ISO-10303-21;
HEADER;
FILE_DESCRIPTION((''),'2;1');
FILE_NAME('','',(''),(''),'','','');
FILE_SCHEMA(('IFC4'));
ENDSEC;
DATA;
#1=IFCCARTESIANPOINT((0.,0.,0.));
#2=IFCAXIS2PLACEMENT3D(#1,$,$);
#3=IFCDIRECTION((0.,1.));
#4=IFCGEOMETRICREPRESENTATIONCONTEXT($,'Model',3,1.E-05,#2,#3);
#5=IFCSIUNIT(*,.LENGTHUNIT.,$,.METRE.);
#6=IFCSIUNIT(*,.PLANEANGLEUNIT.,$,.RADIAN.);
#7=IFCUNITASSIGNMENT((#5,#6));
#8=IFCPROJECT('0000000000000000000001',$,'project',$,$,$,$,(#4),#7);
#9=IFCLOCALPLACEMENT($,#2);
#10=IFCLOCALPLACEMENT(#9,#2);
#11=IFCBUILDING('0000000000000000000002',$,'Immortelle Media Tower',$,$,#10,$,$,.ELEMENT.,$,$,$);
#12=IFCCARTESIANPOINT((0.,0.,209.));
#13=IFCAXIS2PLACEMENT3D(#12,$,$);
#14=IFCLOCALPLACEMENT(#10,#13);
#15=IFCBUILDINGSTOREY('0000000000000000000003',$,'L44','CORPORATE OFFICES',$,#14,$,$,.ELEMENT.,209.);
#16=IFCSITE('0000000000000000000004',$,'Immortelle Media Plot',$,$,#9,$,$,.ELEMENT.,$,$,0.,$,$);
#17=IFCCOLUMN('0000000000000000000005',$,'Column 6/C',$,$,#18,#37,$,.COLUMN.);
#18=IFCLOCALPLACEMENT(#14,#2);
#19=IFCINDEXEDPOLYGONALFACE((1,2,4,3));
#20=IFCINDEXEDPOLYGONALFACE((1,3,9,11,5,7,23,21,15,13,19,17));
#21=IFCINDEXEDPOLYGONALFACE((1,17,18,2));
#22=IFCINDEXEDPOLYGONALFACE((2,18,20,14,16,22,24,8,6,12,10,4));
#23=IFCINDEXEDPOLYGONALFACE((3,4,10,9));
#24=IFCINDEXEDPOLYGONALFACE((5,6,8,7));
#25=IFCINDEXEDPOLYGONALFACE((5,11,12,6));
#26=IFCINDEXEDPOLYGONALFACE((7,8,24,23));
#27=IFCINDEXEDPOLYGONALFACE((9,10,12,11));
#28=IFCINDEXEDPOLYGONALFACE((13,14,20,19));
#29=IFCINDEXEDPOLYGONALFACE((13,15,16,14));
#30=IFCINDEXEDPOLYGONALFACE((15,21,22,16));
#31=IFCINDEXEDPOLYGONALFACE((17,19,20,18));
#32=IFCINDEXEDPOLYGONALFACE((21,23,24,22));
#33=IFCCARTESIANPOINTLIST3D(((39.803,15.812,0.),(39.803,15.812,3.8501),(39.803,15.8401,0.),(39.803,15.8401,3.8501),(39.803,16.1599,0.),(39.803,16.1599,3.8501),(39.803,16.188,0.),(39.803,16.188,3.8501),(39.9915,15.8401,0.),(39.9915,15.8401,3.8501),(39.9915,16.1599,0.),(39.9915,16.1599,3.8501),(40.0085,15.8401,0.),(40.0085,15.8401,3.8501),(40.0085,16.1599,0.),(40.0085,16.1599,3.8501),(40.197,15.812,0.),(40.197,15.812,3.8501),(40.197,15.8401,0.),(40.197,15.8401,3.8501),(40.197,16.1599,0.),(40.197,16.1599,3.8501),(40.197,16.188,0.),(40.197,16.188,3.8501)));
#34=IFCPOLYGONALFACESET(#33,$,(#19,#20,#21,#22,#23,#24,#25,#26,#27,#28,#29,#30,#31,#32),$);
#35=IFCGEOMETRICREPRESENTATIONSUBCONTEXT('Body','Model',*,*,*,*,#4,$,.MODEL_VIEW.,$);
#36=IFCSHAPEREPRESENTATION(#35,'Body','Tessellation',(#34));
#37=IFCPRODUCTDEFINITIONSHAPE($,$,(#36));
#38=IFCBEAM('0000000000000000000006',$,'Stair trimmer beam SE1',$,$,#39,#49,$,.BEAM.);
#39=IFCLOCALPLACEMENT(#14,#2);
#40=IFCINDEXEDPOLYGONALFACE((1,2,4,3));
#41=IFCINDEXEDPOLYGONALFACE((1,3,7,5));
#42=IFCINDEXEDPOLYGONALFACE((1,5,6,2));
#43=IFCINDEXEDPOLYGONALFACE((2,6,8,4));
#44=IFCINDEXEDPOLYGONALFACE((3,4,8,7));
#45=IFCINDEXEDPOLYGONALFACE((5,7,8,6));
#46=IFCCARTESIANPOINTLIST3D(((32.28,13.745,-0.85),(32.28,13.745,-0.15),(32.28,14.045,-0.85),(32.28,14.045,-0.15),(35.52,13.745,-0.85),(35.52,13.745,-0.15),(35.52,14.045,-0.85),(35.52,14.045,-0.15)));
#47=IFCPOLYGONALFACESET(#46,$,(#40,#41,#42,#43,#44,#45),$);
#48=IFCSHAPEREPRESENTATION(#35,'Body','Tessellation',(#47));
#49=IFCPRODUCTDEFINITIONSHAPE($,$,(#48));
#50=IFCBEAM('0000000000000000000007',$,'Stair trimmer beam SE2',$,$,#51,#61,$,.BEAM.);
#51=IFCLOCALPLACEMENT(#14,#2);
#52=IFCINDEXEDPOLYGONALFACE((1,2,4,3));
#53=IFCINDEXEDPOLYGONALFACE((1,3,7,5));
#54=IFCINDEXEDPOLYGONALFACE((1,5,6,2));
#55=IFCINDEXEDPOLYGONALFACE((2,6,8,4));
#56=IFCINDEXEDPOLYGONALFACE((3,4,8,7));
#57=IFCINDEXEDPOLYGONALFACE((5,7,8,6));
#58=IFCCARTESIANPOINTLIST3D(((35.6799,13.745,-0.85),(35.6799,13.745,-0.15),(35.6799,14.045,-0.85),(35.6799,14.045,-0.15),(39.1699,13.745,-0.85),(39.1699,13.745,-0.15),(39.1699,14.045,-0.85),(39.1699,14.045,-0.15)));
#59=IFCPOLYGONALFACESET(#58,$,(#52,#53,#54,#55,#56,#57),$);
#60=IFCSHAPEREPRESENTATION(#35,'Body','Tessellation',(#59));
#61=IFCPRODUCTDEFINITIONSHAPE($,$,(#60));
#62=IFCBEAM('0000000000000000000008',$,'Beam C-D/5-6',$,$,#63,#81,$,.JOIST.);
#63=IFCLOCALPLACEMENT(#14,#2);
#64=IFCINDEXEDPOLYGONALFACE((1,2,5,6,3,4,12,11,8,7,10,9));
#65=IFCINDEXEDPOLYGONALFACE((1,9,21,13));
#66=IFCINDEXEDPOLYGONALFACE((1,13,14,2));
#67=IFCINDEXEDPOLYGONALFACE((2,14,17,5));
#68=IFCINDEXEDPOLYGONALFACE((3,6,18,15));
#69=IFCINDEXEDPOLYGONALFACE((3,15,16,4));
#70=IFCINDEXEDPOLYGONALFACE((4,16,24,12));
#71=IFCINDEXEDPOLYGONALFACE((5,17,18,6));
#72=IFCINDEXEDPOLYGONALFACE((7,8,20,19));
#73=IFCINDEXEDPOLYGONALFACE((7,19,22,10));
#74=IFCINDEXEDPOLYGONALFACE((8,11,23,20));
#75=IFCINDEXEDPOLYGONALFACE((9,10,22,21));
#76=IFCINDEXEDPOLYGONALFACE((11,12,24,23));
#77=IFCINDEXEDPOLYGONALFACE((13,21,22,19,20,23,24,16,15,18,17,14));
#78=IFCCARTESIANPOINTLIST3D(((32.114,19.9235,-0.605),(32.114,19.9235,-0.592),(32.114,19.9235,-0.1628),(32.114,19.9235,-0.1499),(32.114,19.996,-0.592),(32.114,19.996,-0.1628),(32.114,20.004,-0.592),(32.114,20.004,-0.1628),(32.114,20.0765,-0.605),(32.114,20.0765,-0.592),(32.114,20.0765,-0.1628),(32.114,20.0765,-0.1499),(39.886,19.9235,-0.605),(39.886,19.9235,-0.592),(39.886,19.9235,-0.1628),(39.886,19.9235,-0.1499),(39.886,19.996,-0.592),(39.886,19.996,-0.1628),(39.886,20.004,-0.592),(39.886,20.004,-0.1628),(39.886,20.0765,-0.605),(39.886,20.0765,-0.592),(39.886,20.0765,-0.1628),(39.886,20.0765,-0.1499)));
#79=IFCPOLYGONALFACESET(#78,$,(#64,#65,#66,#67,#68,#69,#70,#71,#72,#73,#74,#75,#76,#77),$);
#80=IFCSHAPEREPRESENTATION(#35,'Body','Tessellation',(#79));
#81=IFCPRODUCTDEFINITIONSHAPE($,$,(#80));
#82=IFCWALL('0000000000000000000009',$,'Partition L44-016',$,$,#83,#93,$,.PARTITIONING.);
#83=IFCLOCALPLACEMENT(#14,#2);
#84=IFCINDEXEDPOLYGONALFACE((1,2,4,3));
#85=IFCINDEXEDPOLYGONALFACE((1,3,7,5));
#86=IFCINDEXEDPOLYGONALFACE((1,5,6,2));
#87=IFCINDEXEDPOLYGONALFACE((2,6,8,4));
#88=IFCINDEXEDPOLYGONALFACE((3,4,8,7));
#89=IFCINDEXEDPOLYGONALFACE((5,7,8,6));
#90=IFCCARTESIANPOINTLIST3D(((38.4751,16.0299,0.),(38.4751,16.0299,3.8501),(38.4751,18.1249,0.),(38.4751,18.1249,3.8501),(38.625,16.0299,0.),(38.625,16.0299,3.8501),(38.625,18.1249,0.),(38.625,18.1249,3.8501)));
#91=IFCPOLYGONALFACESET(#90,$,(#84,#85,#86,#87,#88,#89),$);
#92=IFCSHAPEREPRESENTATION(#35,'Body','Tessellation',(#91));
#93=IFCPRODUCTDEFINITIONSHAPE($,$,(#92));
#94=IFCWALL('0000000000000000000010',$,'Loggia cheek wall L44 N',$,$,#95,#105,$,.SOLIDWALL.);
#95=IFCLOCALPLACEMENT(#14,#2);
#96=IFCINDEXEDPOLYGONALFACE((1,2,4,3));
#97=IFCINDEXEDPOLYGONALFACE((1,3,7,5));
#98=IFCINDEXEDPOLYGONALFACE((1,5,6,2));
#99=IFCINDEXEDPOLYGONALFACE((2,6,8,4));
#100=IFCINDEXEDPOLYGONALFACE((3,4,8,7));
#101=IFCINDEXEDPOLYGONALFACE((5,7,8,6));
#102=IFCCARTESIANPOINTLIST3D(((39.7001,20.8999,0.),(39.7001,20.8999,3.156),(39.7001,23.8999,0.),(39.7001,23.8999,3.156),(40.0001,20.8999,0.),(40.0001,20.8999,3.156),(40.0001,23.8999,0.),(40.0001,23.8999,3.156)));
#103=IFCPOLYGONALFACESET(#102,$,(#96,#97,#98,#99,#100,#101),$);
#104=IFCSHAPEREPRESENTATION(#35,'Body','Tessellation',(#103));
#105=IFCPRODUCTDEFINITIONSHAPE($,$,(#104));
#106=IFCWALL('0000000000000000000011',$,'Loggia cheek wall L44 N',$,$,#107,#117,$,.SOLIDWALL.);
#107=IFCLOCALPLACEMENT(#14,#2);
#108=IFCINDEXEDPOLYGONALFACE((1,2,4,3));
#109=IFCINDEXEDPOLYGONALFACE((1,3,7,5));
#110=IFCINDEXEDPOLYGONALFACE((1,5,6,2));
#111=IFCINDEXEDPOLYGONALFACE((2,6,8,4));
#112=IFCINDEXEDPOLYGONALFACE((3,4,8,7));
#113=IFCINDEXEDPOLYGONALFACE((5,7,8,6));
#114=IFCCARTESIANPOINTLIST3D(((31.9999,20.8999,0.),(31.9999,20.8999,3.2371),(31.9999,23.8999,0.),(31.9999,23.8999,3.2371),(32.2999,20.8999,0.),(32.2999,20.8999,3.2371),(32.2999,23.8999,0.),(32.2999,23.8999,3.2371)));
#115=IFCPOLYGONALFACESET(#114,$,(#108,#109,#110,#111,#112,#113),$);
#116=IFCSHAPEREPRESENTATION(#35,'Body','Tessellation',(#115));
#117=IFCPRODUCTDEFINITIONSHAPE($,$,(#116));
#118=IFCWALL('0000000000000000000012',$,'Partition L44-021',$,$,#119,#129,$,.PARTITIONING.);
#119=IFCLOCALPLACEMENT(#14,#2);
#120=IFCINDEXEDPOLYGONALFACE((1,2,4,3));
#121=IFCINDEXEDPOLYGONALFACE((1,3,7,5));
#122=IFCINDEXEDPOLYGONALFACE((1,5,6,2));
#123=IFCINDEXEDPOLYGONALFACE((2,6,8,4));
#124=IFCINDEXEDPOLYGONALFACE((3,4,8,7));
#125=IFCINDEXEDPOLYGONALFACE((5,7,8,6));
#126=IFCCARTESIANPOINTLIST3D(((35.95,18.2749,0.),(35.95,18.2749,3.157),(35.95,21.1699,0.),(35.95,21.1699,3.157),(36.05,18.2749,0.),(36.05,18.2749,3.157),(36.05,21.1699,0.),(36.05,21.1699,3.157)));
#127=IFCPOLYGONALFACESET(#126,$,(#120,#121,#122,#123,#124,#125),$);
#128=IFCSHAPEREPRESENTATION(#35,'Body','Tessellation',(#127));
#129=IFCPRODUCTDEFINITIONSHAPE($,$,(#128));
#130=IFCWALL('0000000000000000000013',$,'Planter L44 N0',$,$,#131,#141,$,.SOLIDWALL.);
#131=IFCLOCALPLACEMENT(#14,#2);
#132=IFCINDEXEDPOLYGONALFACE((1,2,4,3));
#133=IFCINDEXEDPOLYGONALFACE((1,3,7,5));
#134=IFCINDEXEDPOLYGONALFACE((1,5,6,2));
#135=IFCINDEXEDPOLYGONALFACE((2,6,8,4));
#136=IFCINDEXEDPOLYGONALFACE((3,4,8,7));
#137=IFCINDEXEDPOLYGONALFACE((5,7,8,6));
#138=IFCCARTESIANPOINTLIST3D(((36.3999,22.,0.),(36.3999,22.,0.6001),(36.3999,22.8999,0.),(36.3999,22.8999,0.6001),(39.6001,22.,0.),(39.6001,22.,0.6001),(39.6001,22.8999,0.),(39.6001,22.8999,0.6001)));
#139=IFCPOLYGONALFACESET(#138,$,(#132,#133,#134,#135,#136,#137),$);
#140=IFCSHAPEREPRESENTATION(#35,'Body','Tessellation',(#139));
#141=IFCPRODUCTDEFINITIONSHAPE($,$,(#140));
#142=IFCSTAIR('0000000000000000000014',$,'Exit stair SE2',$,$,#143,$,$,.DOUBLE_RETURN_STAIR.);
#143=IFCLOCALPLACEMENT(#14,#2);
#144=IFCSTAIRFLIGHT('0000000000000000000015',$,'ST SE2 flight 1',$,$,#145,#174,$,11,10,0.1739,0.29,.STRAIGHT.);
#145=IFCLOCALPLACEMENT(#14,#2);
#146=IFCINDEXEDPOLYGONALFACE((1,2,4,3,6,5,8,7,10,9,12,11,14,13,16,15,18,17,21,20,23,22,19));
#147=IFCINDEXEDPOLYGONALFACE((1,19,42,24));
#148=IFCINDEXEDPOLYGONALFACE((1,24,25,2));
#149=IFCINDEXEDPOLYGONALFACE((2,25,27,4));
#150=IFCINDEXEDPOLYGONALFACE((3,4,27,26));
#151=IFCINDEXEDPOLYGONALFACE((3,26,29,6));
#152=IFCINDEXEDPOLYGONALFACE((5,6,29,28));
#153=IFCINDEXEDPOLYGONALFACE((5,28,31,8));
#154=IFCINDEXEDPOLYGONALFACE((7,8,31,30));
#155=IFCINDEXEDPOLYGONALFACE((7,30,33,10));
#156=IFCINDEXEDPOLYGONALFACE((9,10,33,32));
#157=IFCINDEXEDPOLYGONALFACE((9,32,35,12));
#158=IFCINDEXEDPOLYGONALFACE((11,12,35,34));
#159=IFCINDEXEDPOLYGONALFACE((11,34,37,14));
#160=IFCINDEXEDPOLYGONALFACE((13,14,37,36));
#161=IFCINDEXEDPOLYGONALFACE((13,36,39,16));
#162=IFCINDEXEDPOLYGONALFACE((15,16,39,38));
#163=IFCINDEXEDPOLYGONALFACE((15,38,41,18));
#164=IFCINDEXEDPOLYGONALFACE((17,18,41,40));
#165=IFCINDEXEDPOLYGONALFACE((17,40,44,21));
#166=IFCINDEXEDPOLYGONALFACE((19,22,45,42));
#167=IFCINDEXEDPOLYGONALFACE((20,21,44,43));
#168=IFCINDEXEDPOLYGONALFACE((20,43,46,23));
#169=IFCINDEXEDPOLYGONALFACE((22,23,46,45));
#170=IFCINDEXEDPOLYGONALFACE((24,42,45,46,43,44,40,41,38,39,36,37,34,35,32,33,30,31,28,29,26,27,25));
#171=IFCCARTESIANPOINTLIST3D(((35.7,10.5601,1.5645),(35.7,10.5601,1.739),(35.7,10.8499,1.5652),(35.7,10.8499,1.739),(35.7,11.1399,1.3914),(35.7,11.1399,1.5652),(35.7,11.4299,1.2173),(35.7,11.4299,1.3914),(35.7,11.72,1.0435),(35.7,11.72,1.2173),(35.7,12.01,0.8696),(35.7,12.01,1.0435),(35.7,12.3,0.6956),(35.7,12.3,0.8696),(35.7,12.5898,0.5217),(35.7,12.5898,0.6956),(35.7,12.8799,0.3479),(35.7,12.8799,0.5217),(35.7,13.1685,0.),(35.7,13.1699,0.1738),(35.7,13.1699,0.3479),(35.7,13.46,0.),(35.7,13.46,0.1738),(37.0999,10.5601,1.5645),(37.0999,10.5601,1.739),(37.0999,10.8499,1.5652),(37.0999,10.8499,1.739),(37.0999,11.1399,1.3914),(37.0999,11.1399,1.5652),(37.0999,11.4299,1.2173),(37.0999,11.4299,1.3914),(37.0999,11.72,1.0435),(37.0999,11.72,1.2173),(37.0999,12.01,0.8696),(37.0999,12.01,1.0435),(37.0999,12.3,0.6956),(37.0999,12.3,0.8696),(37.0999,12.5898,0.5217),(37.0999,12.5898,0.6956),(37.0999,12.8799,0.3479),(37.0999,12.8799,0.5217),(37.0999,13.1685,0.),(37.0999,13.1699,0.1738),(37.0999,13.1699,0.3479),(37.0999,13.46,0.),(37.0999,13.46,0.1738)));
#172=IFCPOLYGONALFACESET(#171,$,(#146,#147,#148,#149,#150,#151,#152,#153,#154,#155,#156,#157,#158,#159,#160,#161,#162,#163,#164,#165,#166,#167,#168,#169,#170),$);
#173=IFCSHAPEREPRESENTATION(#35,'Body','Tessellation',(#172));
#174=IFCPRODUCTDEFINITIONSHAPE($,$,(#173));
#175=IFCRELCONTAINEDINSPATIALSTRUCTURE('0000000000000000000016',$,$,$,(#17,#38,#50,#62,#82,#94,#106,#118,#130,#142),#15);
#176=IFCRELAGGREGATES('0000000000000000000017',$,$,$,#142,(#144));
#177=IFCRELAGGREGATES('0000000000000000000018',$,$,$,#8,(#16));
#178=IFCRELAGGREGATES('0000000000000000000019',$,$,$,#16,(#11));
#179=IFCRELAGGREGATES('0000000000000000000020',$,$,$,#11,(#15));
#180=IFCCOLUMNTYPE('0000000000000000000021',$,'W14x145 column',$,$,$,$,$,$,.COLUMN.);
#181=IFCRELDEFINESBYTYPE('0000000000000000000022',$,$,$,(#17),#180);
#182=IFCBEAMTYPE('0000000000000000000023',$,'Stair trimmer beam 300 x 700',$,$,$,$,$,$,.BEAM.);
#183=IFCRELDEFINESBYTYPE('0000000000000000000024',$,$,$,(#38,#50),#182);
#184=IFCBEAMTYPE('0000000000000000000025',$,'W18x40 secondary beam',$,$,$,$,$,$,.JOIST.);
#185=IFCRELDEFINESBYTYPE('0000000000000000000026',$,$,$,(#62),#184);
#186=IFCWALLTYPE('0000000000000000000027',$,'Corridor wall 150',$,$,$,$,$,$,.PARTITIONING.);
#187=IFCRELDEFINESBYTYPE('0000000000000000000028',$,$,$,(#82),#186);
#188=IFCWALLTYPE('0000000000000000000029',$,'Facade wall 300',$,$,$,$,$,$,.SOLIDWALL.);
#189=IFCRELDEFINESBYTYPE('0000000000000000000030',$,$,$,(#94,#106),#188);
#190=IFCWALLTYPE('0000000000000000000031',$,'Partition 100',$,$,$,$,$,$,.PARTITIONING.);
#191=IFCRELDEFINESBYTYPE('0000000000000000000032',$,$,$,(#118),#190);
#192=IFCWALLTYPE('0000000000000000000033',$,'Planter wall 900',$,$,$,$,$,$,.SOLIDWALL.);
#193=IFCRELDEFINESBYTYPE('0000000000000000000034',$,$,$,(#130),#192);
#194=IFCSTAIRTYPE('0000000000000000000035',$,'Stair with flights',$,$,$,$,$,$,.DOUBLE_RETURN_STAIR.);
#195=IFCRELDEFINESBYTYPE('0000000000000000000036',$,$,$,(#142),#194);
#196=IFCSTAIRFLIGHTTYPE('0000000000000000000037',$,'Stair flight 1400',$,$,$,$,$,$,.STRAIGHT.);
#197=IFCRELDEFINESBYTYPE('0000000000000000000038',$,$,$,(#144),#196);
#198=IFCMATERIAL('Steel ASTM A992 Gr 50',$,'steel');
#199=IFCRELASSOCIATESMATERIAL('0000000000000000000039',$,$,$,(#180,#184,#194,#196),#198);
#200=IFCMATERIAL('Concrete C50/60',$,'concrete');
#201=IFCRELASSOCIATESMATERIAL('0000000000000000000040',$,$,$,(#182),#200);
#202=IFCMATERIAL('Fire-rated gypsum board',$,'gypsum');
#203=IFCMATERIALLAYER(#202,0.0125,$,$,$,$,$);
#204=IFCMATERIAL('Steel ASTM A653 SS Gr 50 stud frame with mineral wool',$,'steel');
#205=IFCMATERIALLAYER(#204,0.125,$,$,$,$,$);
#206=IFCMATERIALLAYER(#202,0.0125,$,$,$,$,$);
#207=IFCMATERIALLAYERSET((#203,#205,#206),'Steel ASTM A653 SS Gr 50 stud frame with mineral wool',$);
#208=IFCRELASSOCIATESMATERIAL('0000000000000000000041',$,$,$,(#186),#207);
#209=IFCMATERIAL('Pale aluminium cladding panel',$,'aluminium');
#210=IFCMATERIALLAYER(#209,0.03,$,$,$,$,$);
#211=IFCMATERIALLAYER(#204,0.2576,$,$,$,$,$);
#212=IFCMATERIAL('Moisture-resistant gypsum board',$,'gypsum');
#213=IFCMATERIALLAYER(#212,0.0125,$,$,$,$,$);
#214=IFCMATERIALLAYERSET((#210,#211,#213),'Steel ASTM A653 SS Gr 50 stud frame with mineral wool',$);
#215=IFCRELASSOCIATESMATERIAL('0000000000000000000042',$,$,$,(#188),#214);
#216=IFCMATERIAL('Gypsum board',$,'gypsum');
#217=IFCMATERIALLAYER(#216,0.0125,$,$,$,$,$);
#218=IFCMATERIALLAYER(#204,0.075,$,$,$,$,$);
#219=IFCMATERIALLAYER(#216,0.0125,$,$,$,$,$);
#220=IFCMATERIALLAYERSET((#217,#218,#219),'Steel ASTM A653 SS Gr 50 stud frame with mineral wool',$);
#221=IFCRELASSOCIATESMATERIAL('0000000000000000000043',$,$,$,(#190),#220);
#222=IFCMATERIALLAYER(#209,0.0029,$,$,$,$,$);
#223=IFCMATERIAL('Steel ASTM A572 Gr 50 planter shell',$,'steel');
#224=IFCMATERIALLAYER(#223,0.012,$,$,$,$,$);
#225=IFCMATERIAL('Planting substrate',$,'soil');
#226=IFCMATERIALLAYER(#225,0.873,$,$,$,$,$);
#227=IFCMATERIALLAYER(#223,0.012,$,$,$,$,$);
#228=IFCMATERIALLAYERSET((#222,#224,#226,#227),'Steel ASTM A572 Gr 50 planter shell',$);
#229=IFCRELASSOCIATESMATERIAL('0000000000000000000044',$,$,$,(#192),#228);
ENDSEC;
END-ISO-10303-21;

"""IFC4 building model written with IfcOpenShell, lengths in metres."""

from ifc_helpers import new_model, si_unit, direction, frame, frame_2d, origin, origin_2d, place, context, subcontext, project, spatial, polyline, rectangle, i_section, outline, extrude, material, layer, layer_set, material_profile, profile_set, type_object, element, aggregate, save


model = new_model("IFC4")

# Units and contexts
model_context = context("Model", 3, precision=1e-05, world=origin(), true_north=direction((0.0, 1.0)))
body_context = subcontext(model_context, "Body", "Model", "MODEL_VIEW")
ifc_project = project(units=[si_unit("LENGTHUNIT", "METRE"), si_unit("PLANEANGLEUNIT", "RADIAN")], contexts=[model_context])

# Site, building, storey
site_placement = place(None, origin())
site = spatial("IfcSite", under=ifc_project, at=site_placement, Name="Immortelle Media Plot", CompositionType="ELEMENT", RefElevation=0.0)
building_placement = place(site_placement, origin())
building = spatial("IfcBuilding", under=site, at=building_placement, Name="Immortelle Media Tower", CompositionType="ELEMENT")
storey_placement = place(building_placement, frame((0.0, 0.0, 209.0)))
storey = spatial("IfcBuildingStorey", under=building, at=storey_placement, Name="L44", Description="CORPORATE OFFICES", CompositionType="ELEMENT", Elevation=209.0)

# Column
ifc_material_1 = material(Name="Steel ASTM A992 Gr 50", Category="steel")
ifc_material_profile_1 = material_profile(ifc_material_1, i_section(OverallWidth=0.394, OverallDepth=0.376, WebThickness=0.0171, FlangeThickness=0.0281, at=origin_2d()), Name="W14x145")
ifc_profile_set_1 = profile_set([ifc_material_profile_1], Name="Steel ASTM A992 Gr 50")
column_type = type_object("IfcColumnType", Name="W14x145 column", PredefinedType="COLUMN", material=ifc_profile_set_1)
column_placement = place(storey_placement, frame((40.0, 16.0, 0.0), z_axis=(0.0, 0.0, 1.0), x_axis=(1.0, 0.0, 0.0)))
element("IfcColumn", 1, at=column_placement, inside=storey, type_object=column_type, Name="Column 6/C", PredefinedType="COLUMN", context=body_context, shape_type="SweptSolid", body=[
    extrude(i_section(OverallWidth=0.394, OverallDepth=0.376, WebThickness=0.0171, FlangeThickness=0.0281, at=origin_2d()), origin(), (0.0, 0.0, 1.0), 3.8501),
])

# Beams
ifc_material_2 = material(Name="Concrete C50/60", Category="concrete")
ifc_material_profile_2 = material_profile(ifc_material_2, rectangle(XDim=0.3, YDim=0.7, at=origin_2d()), Name="RC 300x700")
ifc_profile_set_2 = profile_set([ifc_material_profile_2], Name="Concrete C50/60")
beam_type_1 = type_object("IfcBeamType", Name="Stair trimmer beam 300 x 700", PredefinedType="BEAM", material=ifc_profile_set_2)
beam_1_placement = place(storey_placement, frame((32.28, 13.895, -0.5), z_axis=(1.0, 0.0, 0.0), x_axis=(0.0, 1.0, 0.0)))
element("IfcBeam", 2, at=beam_1_placement, inside=storey, type_object=beam_type_1, Name="Stair trimmer beam SE1", PredefinedType="BEAM", context=body_context, shape_type="SweptSolid", body=[
    extrude(rectangle(XDim=0.3, YDim=0.7, at=origin_2d()), origin(), (0.0, 0.0, 1.0), 3.24),
])
beam_2_placement = place(storey_placement, frame((35.6799, 13.895, -0.5), z_axis=(1.0, 0.0, 0.0), x_axis=(0.0, 1.0, 0.0)))
element("IfcBeam", 3, at=beam_2_placement, inside=storey, type_object=beam_type_1, Name="Stair trimmer beam SE2", PredefinedType="BEAM", context=body_context, shape_type="SweptSolid", body=[
    extrude(rectangle(XDim=0.3, YDim=0.7, at=origin_2d()), origin(), (0.0, 0.0, 1.0), 3.49),
])
ifc_material_profile_3 = material_profile(ifc_material_1, i_section(OverallWidth=0.1531, OverallDepth=0.4551, WebThickness=0.0081, FlangeThickness=0.0129, at=origin_2d()), Name="W18x40")
ifc_profile_set_3 = profile_set([ifc_material_profile_3], Name="Steel ASTM A992 Gr 50")
beam_type_2 = type_object("IfcBeamType", Name="W18x40 secondary beam", PredefinedType="JOIST", material=ifc_profile_set_3)
beam_3_placement = place(storey_placement, frame((32.114, 20.0, -0.3774), z_axis=(1.0, 0.0, 0.0), x_axis=(0.0, 1.0, 0.0)))
element("IfcBeam", 4, at=beam_3_placement, inside=storey, type_object=beam_type_2, Name="Beam C-D/5-6", PredefinedType="JOIST", context=body_context, shape_type="SweptSolid", body=[
    extrude(i_section(OverallWidth=0.1531, OverallDepth=0.4551, WebThickness=0.0081, FlangeThickness=0.0129, at=origin_2d()), origin(), (0.0, 0.0, 1.0), 7.772),
])

# Wall
ifc_material_3 = material(Name="Fire-rated gypsum board", Category="gypsum")
ifc_layer_1 = layer(ifc_material_3, 0.0125)
ifc_material_4 = material(Name="Steel ASTM A653 SS Gr 50 stud frame with mineral wool", Category="steel")
ifc_layer_2 = layer(ifc_material_4, 0.125)
ifc_layer_3 = layer(ifc_material_3, 0.0125)
ifc_layer_set_1 = layer_set([ifc_layer_1, ifc_layer_2, ifc_layer_3], Name="Steel ASTM A653 SS Gr 50 stud frame with mineral wool")
wall_type_1 = type_object("IfcWallType", Name="Corridor wall 150", PredefinedType="PARTITIONING", material=ifc_layer_set_1)
wall_1_placement = place(storey_placement, frame((38.55, 16.03, 0.0), z_axis=(0.0, 0.0, 1.0), x_axis=(0.0, 1.0, 0.0)))
element("IfcWall", 5, at=wall_1_placement, inside=storey, type_object=wall_type_1, Name="Partition L44-016", PredefinedType="PARTITIONING", context=body_context, shape_type="SweptSolid", body=[
    extrude(rectangle(XDim=2.095, YDim=0.1499, at=frame_2d((1.0474, 0.0))), origin(), (0.0, 0.0, 1.0), 3.8501),
])

# Shared definitions
ifc_material_5 = material(Name="Pale aluminium cladding panel", Category="aluminium")
ifc_layer_4 = layer(ifc_material_5, 0.03)
ifc_layer_5 = layer(ifc_material_4, 0.2576)
ifc_material_6 = material(Name="Moisture-resistant gypsum board", Category="gypsum")
ifc_layer_6 = layer(ifc_material_6, 0.0125)
ifc_layer_set_2 = layer_set([ifc_layer_4, ifc_layer_5, ifc_layer_6], Name="Steel ASTM A653 SS Gr 50 stud frame with mineral wool")
wall_type_2 = type_object("IfcWallType", Name="Facade wall 300", PredefinedType="SOLIDWALL", material=ifc_layer_set_2)

# Walls
wall_2_placement = place(storey_placement, frame((39.8501, 23.8999, 0.0), z_axis=(0.0, 0.0, 1.0), x_axis=(0.0, -1.0, 0.0)))
element("IfcWall", 6, at=wall_2_placement, inside=storey, type_object=wall_type_2, Name="Loggia cheek wall L44 N", PredefinedType="SOLIDWALL", context=body_context, shape_type="SweptSolid", body=[
    extrude(rectangle(XDim=3.0, YDim=0.3, at=frame_2d((1.5, 0.0))), origin(), (0.0, 0.0, 1.0), 3.156),
])
wall_3_placement = place(storey_placement, frame((32.1499, 23.8999, 0.0), z_axis=(0.0, 0.0, 1.0), x_axis=(0.0, -1.0, 0.0)))
element("IfcWall", 7, at=wall_3_placement, inside=storey, type_object=wall_type_2, Name="Loggia cheek wall L44 N", PredefinedType="SOLIDWALL", context=body_context, shape_type="SweptSolid", body=[
    extrude(rectangle(XDim=3.0, YDim=0.3, at=frame_2d((1.5, 0.0))), origin(), (0.0, 0.0, 1.0), 3.2371),
])
ifc_material_7 = material(Name="Gypsum board", Category="gypsum")
ifc_layer_7 = layer(ifc_material_7, 0.0125)
ifc_layer_8 = layer(ifc_material_4, 0.075)
ifc_layer_9 = layer(ifc_material_7, 0.0125)
ifc_layer_set_3 = layer_set([ifc_layer_7, ifc_layer_8, ifc_layer_9], Name="Steel ASTM A653 SS Gr 50 stud frame with mineral wool")
wall_type_3 = type_object("IfcWallType", Name="Partition 100", PredefinedType="PARTITIONING", material=ifc_layer_set_3)
wall_4_placement = place(storey_placement, frame((36.0, 18.2749, 0.0), z_axis=(0.0, 0.0, 1.0), x_axis=(0.0, 1.0, 0.0)))
element("IfcWall", 8, at=wall_4_placement, inside=storey, type_object=wall_type_3, Name="Partition L44-021", PredefinedType="PARTITIONING", context=body_context, shape_type="SweptSolid", body=[
    extrude(rectangle(XDim=2.895, YDim=0.1001, at=frame_2d((1.4475, 0.0))), origin(), (0.0, 0.0, 1.0), 3.157),
])
ifc_layer_10 = layer(ifc_material_5, 0.0029)
ifc_material_8 = material(Name="Steel ASTM A572 Gr 50 planter shell", Category="steel")
ifc_layer_11 = layer(ifc_material_8, 0.012)
ifc_material_9 = material(Name="Planting substrate", Category="soil")
ifc_layer_12 = layer(ifc_material_9, 0.873)
ifc_layer_13 = layer(ifc_material_8, 0.012)
ifc_layer_set_4 = layer_set([ifc_layer_10, ifc_layer_11, ifc_layer_12, ifc_layer_13], Name="Steel ASTM A572 Gr 50 planter shell")
wall_type_4 = type_object("IfcWallType", Name="Planter wall 900", PredefinedType="SOLIDWALL", material=ifc_layer_set_4)
wall_5_placement = place(storey_placement, frame((39.6001, 22.45, 0.0), z_axis=(0.0, 0.0, 1.0), x_axis=(-1.0, 0.0, 0.0)))
element("IfcWall", 9, at=wall_5_placement, inside=storey, type_object=wall_type_4, Name="Planter L44 N0", PredefinedType="SOLIDWALL", context=body_context, shape_type="SweptSolid", body=[
    extrude(rectangle(XDim=3.2002, YDim=0.8999, at=frame_2d((1.6001, 0.0))), origin(), (0.0, 0.0, 1.0), 0.6001),
])

# Stair, stair flight
stair_type = type_object("IfcStairType", Name="Stair with flights", PredefinedType="DOUBLE_RETURN_STAIR", material=ifc_material_1)
stair_placement = place(storey_placement, origin())
stair = element("IfcStair", 10, at=stair_placement, inside=storey, type_object=stair_type, Name="Exit stair SE2", PredefinedType="DOUBLE_RETURN_STAIR")
stair_flight_type = type_object("IfcStairFlightType", Name="Stair flight 1400", PredefinedType="STRAIGHT", material=ifc_material_1)
stair_flight_placement = place(storey_placement, frame((36.3999, 13.46, 0.0), z_axis=(0.0, 0.0, 1.0), x_axis=(0.0, -1.0, 0.0)))
stair_flight = element("IfcStairFlight", 11, at=stair_flight_placement, type_object=stair_flight_type, Name="ST SE2 flight 1", NumberOfRisers=11, NumberOfTreads=10, PredefinedType="STRAIGHT", RiserHeight=0.1739, TreadLength=0.29, context=body_context, shape_type="SweptSolid", body=[
    extrude(outline(polyline([(0.0, 0.0), (0.0, 0.1738), (0.29, 0.1738), (0.29, 0.3479), (0.5801, 0.3479), (0.5801, 0.5217), (0.8701, 0.5217), (0.8701, 0.6956), (1.1599, 0.6956), (1.1599, 0.8696), (1.45, 0.8696), (1.45, 1.0435), (1.74, 1.0435), (1.74, 1.2173), (2.03, 1.2173), (2.03, 1.3914), (2.3201, 1.3914), (2.3201, 1.5652), (2.6101, 1.5652), (2.6101, 1.739), (2.8999, 1.739), (2.8999, 1.9131), (2.8999, 1.5645), (0.2915, 0.0), (0.0, 0.0)])), frame((0.0, 0.7, 0.0), z_axis=(0.0, -1.0, 0.0), x_axis=(1.0, 0.0, 0.0)), (0.0, 0.0, 1.0), 1.3999),
])
aggregate(stair, [stair_flight])

save(model, "model.ifc")
